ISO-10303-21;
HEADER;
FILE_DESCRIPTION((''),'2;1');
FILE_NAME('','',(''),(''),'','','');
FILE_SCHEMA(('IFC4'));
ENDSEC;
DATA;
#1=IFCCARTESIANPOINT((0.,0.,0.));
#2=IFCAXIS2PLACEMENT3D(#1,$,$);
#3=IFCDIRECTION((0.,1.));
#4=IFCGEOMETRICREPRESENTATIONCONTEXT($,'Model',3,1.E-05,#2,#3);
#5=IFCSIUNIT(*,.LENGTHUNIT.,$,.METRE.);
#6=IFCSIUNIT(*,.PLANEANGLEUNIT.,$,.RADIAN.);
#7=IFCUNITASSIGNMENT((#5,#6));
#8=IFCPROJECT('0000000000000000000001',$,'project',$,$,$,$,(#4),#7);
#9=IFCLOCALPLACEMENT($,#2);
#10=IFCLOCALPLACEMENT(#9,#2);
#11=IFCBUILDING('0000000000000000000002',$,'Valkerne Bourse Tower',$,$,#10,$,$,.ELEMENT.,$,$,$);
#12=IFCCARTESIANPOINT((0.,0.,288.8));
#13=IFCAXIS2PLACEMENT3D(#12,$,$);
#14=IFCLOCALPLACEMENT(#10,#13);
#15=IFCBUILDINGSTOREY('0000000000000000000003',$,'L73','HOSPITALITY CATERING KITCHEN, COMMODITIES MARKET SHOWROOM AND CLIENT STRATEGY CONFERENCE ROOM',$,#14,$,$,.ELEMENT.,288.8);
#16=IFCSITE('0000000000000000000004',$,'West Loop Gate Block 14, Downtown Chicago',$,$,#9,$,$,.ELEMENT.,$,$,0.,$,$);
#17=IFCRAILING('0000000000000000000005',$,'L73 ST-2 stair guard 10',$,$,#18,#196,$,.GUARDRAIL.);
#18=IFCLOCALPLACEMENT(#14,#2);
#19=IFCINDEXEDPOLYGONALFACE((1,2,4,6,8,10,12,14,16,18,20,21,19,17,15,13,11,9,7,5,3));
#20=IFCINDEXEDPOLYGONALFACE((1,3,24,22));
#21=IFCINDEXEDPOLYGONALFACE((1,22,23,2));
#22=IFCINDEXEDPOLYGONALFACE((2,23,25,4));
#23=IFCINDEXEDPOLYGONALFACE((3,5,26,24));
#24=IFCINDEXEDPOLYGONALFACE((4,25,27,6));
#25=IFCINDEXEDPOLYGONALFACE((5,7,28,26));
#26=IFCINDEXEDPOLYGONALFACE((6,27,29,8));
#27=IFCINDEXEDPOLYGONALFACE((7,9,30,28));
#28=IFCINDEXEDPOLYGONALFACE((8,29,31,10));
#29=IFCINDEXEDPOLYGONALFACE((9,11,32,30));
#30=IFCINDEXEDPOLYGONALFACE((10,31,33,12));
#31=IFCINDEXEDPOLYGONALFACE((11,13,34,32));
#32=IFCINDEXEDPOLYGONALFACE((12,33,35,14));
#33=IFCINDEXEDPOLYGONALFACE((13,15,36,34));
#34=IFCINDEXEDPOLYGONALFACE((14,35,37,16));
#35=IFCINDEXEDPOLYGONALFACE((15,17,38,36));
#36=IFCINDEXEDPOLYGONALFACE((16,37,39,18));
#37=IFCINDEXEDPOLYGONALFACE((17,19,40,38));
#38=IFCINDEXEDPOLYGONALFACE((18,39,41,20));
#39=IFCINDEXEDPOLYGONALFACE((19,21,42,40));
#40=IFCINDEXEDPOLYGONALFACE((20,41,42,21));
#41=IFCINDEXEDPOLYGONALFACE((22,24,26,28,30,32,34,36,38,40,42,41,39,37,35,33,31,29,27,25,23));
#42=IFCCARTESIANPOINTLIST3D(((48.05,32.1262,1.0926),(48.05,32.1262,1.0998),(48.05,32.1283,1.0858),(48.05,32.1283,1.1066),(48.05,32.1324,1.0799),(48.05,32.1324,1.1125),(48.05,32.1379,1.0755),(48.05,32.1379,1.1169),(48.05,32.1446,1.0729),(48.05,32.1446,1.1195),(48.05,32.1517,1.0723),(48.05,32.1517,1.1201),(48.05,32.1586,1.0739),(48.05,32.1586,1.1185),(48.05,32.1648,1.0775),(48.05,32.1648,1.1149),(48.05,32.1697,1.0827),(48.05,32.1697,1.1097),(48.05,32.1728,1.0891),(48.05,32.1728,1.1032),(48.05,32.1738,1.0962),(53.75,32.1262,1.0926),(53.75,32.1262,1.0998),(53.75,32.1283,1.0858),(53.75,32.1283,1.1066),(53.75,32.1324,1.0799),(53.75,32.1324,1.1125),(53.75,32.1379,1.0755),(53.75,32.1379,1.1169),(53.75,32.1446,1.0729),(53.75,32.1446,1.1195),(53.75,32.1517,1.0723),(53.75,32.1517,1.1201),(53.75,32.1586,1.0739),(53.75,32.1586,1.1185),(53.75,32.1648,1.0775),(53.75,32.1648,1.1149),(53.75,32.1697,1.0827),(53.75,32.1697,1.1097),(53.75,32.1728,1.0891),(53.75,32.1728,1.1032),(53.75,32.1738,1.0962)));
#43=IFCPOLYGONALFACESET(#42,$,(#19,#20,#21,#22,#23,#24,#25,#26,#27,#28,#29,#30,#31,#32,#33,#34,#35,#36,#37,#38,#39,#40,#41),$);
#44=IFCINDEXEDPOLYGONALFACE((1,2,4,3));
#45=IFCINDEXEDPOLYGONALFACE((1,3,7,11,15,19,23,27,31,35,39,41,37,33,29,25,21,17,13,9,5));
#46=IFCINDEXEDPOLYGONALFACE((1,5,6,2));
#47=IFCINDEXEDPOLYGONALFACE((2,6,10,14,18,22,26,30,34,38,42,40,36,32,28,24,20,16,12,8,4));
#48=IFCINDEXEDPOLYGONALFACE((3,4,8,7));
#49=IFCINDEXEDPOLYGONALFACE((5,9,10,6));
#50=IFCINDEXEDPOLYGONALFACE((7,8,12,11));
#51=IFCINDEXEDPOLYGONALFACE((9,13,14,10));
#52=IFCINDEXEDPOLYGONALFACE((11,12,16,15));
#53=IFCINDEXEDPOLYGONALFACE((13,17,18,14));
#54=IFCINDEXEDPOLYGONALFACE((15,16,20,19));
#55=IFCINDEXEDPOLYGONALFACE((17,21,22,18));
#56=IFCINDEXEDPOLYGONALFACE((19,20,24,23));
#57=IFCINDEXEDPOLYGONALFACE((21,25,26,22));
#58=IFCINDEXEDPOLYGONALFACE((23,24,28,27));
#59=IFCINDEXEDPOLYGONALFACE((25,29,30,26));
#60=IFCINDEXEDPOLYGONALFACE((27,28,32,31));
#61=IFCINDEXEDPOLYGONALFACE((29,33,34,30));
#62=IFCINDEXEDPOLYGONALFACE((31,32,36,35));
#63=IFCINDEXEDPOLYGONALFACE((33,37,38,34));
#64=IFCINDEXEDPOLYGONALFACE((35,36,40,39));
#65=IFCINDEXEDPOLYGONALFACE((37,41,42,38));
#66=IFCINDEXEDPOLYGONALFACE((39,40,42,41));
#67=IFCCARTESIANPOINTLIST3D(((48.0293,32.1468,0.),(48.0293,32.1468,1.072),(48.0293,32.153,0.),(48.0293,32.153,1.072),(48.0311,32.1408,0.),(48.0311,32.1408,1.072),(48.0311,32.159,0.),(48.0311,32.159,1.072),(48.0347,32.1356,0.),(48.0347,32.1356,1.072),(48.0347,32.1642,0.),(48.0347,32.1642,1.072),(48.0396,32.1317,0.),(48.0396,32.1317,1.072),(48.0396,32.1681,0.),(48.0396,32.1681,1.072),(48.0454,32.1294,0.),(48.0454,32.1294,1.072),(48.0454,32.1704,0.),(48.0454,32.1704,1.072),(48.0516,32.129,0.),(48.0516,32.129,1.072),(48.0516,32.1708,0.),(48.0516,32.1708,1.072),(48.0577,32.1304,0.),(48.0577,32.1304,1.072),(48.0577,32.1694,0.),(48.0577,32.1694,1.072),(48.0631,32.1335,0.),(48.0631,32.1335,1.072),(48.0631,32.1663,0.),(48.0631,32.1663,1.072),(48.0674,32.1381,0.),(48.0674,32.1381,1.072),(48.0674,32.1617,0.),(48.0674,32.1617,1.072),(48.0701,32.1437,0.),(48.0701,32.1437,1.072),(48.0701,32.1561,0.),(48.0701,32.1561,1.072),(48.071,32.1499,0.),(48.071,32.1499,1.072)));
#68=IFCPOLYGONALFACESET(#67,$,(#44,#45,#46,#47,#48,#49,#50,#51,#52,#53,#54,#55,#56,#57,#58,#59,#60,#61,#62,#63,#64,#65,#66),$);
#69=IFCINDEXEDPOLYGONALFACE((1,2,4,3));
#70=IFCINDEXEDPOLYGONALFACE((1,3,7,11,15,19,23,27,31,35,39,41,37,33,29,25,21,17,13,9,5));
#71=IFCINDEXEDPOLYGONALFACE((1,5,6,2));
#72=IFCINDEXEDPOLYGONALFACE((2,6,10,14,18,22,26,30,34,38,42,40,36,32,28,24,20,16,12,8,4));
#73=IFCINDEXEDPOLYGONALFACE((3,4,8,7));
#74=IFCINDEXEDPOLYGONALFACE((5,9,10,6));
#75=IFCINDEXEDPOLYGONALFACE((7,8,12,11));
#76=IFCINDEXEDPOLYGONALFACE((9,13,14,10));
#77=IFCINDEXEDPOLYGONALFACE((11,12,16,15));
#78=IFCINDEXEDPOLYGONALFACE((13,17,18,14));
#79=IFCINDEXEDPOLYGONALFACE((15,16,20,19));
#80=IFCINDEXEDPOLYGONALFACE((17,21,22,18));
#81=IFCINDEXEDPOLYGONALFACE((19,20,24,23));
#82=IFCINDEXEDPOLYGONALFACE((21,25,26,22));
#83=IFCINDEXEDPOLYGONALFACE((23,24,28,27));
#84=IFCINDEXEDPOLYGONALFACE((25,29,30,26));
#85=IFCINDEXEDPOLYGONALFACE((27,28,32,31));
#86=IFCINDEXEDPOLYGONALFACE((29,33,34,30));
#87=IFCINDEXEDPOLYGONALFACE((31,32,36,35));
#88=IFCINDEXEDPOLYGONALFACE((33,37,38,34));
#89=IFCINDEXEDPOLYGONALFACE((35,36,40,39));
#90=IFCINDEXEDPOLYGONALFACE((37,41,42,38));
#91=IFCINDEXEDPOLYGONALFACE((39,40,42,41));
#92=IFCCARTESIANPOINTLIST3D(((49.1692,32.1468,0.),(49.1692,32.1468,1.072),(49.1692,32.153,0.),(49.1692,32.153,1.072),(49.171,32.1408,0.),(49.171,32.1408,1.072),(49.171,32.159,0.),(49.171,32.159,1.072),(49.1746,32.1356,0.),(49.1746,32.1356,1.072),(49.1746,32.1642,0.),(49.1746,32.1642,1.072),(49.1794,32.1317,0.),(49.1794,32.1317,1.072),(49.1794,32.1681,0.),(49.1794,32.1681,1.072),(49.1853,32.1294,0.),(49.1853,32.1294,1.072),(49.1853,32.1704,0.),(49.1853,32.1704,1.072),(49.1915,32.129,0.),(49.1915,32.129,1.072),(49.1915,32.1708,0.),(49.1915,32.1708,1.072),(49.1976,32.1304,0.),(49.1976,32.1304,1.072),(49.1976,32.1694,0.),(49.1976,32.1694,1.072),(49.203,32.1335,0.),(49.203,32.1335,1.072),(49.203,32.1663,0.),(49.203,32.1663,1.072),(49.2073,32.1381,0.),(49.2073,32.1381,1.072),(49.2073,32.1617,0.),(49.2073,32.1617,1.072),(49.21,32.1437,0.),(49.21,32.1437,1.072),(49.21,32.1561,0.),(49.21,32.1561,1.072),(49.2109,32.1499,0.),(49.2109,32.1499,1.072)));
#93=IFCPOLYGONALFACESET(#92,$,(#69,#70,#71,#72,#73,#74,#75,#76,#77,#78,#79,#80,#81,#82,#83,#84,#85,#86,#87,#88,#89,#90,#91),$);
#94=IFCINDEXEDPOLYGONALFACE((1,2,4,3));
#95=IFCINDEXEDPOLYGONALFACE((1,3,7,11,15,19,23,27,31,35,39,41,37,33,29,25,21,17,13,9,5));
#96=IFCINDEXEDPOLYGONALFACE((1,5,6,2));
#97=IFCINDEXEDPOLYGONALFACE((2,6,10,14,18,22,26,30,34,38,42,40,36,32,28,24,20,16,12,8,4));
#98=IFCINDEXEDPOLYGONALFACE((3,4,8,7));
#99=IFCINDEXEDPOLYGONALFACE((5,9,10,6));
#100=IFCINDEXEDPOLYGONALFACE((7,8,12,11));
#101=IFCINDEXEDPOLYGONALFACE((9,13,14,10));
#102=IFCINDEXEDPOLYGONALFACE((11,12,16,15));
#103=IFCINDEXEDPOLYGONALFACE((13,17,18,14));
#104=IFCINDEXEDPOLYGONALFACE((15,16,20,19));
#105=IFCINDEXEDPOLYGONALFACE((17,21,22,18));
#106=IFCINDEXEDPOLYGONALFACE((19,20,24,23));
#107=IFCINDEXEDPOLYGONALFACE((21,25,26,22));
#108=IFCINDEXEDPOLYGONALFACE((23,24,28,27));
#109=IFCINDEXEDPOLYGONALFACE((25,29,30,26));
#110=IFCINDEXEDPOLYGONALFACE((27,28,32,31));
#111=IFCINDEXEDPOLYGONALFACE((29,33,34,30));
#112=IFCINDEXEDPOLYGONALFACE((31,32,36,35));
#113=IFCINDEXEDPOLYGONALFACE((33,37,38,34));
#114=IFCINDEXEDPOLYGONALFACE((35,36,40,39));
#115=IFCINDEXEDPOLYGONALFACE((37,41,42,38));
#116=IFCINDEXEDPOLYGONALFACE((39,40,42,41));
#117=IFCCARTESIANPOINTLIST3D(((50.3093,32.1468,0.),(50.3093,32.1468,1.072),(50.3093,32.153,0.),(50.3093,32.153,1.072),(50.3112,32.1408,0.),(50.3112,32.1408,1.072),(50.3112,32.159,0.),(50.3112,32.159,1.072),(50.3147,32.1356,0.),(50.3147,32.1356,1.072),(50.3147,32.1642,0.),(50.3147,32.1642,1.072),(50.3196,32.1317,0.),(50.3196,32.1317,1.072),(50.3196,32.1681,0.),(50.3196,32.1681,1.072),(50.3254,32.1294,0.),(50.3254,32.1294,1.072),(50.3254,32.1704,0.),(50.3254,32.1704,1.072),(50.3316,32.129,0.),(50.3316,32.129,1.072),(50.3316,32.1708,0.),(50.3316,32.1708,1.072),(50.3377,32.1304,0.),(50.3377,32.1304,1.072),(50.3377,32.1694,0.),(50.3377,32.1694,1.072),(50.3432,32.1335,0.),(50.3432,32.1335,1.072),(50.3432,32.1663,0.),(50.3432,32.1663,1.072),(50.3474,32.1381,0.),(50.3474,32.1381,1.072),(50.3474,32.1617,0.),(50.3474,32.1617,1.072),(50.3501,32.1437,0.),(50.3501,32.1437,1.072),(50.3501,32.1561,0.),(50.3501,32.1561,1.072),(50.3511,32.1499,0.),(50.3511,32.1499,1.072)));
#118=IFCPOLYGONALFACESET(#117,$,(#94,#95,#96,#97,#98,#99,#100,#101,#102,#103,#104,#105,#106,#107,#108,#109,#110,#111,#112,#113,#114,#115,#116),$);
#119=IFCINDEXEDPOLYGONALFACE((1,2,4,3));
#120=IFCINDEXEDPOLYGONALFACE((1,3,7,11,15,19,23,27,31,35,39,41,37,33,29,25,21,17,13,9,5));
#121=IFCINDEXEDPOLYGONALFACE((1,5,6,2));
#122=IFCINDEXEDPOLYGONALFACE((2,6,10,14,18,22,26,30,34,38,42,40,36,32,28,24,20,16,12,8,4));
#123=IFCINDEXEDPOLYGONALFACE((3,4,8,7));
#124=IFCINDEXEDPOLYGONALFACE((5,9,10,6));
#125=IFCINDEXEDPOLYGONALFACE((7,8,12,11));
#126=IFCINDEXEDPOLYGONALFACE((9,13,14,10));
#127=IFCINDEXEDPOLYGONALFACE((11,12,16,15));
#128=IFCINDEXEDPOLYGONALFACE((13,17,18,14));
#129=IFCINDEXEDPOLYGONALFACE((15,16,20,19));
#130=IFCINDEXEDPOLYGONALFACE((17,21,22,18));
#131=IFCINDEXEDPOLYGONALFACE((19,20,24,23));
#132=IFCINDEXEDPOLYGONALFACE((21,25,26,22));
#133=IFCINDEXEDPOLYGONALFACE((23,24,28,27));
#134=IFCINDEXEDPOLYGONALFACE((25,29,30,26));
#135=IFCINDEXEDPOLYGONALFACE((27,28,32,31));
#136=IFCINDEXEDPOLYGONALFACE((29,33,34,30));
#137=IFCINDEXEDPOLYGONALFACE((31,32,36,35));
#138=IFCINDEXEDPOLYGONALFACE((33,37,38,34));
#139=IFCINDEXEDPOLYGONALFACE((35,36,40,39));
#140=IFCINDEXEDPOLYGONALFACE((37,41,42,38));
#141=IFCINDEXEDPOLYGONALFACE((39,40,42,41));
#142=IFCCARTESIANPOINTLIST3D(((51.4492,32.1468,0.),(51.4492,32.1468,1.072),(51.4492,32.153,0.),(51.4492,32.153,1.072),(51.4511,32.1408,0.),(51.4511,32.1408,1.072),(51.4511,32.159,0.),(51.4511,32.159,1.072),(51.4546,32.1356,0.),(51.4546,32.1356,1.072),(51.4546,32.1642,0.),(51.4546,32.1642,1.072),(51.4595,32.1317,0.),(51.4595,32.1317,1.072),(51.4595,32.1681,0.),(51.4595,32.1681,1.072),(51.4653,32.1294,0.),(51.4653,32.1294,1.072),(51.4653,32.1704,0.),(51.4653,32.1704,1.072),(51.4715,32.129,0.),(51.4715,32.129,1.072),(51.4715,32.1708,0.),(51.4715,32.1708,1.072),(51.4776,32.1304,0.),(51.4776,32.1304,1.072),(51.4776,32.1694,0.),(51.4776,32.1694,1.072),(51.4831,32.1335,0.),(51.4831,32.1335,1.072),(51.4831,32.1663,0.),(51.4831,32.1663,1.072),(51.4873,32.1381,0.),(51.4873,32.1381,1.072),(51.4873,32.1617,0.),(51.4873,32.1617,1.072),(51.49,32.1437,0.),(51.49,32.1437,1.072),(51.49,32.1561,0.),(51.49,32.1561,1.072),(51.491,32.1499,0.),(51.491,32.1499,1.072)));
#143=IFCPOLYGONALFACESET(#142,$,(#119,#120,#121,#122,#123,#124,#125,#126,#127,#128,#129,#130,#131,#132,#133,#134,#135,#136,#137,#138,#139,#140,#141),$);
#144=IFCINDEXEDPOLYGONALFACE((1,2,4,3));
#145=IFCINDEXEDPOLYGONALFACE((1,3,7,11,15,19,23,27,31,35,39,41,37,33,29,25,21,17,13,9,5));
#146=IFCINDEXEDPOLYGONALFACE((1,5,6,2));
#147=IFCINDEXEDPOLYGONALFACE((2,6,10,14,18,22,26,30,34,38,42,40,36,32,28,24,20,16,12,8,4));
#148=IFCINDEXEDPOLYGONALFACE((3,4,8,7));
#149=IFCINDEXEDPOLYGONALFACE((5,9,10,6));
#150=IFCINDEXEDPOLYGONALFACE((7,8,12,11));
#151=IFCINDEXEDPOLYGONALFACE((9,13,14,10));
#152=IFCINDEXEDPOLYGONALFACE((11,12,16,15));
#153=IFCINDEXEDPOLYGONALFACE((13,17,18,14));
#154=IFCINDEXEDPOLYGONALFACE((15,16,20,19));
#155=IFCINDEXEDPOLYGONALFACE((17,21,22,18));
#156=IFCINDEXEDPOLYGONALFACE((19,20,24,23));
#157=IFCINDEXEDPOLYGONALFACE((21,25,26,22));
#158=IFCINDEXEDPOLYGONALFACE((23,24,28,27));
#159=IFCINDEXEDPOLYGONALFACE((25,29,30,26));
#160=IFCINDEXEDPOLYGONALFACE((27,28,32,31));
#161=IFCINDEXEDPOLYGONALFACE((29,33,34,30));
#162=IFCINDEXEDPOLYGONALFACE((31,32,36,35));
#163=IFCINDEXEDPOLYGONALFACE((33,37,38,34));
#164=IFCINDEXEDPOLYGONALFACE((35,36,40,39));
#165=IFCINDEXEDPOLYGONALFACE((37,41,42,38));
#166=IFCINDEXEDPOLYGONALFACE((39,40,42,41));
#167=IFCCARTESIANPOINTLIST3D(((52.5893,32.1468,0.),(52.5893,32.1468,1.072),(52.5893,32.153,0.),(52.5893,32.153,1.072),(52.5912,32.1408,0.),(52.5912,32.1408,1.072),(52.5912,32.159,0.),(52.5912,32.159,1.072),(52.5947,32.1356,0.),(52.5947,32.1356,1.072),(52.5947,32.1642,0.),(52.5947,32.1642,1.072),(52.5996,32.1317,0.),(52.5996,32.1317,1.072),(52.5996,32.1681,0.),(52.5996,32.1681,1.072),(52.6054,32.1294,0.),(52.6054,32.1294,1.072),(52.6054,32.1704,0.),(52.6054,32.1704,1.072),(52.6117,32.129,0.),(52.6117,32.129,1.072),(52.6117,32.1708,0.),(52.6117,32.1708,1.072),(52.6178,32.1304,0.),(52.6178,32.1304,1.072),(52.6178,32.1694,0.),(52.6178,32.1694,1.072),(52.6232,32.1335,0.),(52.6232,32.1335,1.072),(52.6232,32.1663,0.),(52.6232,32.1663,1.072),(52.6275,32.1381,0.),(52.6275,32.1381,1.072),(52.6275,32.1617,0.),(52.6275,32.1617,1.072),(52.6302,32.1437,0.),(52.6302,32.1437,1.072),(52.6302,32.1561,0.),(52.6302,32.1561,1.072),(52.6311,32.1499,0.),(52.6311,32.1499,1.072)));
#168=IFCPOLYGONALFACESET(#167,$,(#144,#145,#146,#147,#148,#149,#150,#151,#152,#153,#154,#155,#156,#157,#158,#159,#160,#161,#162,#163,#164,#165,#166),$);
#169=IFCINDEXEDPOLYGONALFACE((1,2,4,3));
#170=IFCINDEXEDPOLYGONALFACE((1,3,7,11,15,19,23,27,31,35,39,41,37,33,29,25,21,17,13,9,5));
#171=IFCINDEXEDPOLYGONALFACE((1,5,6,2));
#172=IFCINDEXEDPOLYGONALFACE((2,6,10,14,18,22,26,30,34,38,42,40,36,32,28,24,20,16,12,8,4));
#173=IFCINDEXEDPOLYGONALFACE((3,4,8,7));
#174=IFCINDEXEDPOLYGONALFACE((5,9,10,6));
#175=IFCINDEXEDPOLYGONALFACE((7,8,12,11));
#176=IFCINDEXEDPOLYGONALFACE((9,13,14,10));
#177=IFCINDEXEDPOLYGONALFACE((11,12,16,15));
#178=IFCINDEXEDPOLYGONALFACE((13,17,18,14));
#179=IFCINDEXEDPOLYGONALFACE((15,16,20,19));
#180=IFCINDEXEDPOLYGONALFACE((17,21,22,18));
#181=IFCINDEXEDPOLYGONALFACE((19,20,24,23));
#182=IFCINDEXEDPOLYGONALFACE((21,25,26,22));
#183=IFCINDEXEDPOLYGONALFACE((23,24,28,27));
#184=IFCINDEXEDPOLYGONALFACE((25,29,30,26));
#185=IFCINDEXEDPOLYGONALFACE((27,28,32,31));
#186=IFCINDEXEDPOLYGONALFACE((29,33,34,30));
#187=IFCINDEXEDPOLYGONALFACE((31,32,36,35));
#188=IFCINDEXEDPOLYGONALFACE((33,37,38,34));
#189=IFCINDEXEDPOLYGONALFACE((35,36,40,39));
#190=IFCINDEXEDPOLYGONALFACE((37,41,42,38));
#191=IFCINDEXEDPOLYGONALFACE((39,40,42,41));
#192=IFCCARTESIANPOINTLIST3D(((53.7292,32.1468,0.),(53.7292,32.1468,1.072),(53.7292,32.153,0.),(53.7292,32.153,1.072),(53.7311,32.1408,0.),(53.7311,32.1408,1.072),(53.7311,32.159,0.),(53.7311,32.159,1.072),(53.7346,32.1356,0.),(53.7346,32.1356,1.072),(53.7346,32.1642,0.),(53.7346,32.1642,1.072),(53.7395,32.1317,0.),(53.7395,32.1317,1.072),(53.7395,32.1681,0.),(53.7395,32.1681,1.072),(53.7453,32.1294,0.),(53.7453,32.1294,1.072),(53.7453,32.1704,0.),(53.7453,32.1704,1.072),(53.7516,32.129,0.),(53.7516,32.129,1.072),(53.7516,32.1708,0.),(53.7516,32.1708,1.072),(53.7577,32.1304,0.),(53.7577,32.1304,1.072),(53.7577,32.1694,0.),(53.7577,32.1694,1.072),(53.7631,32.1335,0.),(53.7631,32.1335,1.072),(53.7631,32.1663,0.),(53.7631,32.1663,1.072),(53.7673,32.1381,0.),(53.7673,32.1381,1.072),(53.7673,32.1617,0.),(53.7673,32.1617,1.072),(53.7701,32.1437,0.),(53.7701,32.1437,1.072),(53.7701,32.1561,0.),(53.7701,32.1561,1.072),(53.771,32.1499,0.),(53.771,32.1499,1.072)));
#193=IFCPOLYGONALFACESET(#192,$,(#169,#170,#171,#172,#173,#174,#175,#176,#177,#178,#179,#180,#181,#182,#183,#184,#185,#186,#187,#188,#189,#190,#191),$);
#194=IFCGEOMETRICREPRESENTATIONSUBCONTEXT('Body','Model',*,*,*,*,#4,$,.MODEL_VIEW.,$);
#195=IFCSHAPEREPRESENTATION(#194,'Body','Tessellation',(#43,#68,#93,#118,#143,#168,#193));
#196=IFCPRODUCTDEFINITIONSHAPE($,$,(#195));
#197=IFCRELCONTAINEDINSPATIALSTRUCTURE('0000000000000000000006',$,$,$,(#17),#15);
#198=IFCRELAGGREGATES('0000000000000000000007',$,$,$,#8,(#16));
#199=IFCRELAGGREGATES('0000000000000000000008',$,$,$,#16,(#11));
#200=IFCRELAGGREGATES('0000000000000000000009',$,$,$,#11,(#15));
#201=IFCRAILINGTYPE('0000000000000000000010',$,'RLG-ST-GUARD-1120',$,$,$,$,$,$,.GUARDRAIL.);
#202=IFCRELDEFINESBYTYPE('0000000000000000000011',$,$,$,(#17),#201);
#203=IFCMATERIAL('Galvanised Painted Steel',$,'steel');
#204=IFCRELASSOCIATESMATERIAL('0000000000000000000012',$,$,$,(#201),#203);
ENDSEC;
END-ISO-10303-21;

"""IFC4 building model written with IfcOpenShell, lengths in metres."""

from ifc_helpers import new_model, si_unit, direction, frame, origin, origin_2d, place, context, subcontext, project, spatial, circle, extrude, material, type_object, element, save


model = new_model("IFC4")

# Units and contexts
model_context = context("Model", 3, precision=1e-05, world=origin(), true_north=direction((0.0, 1.0)))
body_context = subcontext(model_context, "Body", "Model", "MODEL_VIEW")
ifc_project = project(units=[si_unit("LENGTHUNIT", "METRE"), si_unit("PLANEANGLEUNIT", "RADIAN")], contexts=[model_context])

# Site, building, storey
site_placement = place(None, origin())
site = spatial("IfcSite", under=ifc_project, at=site_placement, Name="West Loop Gate Block 14, Downtown Chicago", CompositionType="ELEMENT", RefElevation=0.0)
building_placement = place(site_placement, origin())
building = spatial("IfcBuilding", under=site, at=building_placement, Name="Valkerne Bourse Tower", CompositionType="ELEMENT")
storey_placement = place(building_placement, frame((0.0, 0.0, 288.8)))
storey = spatial("IfcBuildingStorey", under=building, at=storey_placement, Name="L73", Description="HOSPITALITY CATERING KITCHEN, COMMODITIES MARKET SHOWROOM AND CLIENT STRATEGY CONFERENCE ROOM", CompositionType="ELEMENT", Elevation=288.8)

# Shared definitions
ifc_material_1 = material(Name="Galvanised Painted Steel", Category="steel")

# Railing
railing_type_1 = type_object("IfcRailingType", Name="RLG-ST-GUARD-1120", PredefinedType="GUARDRAIL", material=ifc_material_1)
railing_1_placement = place(storey_placement, frame((48.05, 32.1499, 0.0)))
element("IfcRailing", 1, at=railing_1_placement, inside=storey, type_object=railing_type_1, Name="L73 ST-2 stair guard 10", PredefinedType="GUARDRAIL", context=body_context, shape_type="SweptSolid", body=[
    extrude(circle(Radius=0.0239, at=origin_2d()), frame((0.0, 0.0, 1.0962), z_axis=(1.0, 0.0, 0.0), x_axis=(0.0, 1.0, 0.0)), (0.0, 0.0, 1.0), 5.7),
    extrude(circle(Radius=0.021, at=origin_2d()), origin(), (0.0, 0.0, 1.0), 1.072),
    extrude(circle(Radius=0.021, at=origin_2d()), frame((1.1399, 0.0, 0.0)), (0.0, 0.0, 1.0), 1.072),
    extrude(circle(Radius=0.021, at=origin_2d()), frame((2.28, 0.0, 0.0)), (0.0, 0.0, 1.0), 1.072),
    extrude(circle(Radius=0.021, at=origin_2d()), frame((3.4199, 0.0, 0.0)), (0.0, 0.0, 1.0), 1.072),
    extrude(circle(Radius=0.021, at=origin_2d()), frame((4.5601, 0.0, 0.0)), (0.0, 0.0, 1.0), 1.072),
    extrude(circle(Radius=0.021, at=origin_2d()), frame((5.7, 0.0, 0.0)), (0.0, 0.0, 1.0), 1.072),
])

save(model, "model.ifc")
